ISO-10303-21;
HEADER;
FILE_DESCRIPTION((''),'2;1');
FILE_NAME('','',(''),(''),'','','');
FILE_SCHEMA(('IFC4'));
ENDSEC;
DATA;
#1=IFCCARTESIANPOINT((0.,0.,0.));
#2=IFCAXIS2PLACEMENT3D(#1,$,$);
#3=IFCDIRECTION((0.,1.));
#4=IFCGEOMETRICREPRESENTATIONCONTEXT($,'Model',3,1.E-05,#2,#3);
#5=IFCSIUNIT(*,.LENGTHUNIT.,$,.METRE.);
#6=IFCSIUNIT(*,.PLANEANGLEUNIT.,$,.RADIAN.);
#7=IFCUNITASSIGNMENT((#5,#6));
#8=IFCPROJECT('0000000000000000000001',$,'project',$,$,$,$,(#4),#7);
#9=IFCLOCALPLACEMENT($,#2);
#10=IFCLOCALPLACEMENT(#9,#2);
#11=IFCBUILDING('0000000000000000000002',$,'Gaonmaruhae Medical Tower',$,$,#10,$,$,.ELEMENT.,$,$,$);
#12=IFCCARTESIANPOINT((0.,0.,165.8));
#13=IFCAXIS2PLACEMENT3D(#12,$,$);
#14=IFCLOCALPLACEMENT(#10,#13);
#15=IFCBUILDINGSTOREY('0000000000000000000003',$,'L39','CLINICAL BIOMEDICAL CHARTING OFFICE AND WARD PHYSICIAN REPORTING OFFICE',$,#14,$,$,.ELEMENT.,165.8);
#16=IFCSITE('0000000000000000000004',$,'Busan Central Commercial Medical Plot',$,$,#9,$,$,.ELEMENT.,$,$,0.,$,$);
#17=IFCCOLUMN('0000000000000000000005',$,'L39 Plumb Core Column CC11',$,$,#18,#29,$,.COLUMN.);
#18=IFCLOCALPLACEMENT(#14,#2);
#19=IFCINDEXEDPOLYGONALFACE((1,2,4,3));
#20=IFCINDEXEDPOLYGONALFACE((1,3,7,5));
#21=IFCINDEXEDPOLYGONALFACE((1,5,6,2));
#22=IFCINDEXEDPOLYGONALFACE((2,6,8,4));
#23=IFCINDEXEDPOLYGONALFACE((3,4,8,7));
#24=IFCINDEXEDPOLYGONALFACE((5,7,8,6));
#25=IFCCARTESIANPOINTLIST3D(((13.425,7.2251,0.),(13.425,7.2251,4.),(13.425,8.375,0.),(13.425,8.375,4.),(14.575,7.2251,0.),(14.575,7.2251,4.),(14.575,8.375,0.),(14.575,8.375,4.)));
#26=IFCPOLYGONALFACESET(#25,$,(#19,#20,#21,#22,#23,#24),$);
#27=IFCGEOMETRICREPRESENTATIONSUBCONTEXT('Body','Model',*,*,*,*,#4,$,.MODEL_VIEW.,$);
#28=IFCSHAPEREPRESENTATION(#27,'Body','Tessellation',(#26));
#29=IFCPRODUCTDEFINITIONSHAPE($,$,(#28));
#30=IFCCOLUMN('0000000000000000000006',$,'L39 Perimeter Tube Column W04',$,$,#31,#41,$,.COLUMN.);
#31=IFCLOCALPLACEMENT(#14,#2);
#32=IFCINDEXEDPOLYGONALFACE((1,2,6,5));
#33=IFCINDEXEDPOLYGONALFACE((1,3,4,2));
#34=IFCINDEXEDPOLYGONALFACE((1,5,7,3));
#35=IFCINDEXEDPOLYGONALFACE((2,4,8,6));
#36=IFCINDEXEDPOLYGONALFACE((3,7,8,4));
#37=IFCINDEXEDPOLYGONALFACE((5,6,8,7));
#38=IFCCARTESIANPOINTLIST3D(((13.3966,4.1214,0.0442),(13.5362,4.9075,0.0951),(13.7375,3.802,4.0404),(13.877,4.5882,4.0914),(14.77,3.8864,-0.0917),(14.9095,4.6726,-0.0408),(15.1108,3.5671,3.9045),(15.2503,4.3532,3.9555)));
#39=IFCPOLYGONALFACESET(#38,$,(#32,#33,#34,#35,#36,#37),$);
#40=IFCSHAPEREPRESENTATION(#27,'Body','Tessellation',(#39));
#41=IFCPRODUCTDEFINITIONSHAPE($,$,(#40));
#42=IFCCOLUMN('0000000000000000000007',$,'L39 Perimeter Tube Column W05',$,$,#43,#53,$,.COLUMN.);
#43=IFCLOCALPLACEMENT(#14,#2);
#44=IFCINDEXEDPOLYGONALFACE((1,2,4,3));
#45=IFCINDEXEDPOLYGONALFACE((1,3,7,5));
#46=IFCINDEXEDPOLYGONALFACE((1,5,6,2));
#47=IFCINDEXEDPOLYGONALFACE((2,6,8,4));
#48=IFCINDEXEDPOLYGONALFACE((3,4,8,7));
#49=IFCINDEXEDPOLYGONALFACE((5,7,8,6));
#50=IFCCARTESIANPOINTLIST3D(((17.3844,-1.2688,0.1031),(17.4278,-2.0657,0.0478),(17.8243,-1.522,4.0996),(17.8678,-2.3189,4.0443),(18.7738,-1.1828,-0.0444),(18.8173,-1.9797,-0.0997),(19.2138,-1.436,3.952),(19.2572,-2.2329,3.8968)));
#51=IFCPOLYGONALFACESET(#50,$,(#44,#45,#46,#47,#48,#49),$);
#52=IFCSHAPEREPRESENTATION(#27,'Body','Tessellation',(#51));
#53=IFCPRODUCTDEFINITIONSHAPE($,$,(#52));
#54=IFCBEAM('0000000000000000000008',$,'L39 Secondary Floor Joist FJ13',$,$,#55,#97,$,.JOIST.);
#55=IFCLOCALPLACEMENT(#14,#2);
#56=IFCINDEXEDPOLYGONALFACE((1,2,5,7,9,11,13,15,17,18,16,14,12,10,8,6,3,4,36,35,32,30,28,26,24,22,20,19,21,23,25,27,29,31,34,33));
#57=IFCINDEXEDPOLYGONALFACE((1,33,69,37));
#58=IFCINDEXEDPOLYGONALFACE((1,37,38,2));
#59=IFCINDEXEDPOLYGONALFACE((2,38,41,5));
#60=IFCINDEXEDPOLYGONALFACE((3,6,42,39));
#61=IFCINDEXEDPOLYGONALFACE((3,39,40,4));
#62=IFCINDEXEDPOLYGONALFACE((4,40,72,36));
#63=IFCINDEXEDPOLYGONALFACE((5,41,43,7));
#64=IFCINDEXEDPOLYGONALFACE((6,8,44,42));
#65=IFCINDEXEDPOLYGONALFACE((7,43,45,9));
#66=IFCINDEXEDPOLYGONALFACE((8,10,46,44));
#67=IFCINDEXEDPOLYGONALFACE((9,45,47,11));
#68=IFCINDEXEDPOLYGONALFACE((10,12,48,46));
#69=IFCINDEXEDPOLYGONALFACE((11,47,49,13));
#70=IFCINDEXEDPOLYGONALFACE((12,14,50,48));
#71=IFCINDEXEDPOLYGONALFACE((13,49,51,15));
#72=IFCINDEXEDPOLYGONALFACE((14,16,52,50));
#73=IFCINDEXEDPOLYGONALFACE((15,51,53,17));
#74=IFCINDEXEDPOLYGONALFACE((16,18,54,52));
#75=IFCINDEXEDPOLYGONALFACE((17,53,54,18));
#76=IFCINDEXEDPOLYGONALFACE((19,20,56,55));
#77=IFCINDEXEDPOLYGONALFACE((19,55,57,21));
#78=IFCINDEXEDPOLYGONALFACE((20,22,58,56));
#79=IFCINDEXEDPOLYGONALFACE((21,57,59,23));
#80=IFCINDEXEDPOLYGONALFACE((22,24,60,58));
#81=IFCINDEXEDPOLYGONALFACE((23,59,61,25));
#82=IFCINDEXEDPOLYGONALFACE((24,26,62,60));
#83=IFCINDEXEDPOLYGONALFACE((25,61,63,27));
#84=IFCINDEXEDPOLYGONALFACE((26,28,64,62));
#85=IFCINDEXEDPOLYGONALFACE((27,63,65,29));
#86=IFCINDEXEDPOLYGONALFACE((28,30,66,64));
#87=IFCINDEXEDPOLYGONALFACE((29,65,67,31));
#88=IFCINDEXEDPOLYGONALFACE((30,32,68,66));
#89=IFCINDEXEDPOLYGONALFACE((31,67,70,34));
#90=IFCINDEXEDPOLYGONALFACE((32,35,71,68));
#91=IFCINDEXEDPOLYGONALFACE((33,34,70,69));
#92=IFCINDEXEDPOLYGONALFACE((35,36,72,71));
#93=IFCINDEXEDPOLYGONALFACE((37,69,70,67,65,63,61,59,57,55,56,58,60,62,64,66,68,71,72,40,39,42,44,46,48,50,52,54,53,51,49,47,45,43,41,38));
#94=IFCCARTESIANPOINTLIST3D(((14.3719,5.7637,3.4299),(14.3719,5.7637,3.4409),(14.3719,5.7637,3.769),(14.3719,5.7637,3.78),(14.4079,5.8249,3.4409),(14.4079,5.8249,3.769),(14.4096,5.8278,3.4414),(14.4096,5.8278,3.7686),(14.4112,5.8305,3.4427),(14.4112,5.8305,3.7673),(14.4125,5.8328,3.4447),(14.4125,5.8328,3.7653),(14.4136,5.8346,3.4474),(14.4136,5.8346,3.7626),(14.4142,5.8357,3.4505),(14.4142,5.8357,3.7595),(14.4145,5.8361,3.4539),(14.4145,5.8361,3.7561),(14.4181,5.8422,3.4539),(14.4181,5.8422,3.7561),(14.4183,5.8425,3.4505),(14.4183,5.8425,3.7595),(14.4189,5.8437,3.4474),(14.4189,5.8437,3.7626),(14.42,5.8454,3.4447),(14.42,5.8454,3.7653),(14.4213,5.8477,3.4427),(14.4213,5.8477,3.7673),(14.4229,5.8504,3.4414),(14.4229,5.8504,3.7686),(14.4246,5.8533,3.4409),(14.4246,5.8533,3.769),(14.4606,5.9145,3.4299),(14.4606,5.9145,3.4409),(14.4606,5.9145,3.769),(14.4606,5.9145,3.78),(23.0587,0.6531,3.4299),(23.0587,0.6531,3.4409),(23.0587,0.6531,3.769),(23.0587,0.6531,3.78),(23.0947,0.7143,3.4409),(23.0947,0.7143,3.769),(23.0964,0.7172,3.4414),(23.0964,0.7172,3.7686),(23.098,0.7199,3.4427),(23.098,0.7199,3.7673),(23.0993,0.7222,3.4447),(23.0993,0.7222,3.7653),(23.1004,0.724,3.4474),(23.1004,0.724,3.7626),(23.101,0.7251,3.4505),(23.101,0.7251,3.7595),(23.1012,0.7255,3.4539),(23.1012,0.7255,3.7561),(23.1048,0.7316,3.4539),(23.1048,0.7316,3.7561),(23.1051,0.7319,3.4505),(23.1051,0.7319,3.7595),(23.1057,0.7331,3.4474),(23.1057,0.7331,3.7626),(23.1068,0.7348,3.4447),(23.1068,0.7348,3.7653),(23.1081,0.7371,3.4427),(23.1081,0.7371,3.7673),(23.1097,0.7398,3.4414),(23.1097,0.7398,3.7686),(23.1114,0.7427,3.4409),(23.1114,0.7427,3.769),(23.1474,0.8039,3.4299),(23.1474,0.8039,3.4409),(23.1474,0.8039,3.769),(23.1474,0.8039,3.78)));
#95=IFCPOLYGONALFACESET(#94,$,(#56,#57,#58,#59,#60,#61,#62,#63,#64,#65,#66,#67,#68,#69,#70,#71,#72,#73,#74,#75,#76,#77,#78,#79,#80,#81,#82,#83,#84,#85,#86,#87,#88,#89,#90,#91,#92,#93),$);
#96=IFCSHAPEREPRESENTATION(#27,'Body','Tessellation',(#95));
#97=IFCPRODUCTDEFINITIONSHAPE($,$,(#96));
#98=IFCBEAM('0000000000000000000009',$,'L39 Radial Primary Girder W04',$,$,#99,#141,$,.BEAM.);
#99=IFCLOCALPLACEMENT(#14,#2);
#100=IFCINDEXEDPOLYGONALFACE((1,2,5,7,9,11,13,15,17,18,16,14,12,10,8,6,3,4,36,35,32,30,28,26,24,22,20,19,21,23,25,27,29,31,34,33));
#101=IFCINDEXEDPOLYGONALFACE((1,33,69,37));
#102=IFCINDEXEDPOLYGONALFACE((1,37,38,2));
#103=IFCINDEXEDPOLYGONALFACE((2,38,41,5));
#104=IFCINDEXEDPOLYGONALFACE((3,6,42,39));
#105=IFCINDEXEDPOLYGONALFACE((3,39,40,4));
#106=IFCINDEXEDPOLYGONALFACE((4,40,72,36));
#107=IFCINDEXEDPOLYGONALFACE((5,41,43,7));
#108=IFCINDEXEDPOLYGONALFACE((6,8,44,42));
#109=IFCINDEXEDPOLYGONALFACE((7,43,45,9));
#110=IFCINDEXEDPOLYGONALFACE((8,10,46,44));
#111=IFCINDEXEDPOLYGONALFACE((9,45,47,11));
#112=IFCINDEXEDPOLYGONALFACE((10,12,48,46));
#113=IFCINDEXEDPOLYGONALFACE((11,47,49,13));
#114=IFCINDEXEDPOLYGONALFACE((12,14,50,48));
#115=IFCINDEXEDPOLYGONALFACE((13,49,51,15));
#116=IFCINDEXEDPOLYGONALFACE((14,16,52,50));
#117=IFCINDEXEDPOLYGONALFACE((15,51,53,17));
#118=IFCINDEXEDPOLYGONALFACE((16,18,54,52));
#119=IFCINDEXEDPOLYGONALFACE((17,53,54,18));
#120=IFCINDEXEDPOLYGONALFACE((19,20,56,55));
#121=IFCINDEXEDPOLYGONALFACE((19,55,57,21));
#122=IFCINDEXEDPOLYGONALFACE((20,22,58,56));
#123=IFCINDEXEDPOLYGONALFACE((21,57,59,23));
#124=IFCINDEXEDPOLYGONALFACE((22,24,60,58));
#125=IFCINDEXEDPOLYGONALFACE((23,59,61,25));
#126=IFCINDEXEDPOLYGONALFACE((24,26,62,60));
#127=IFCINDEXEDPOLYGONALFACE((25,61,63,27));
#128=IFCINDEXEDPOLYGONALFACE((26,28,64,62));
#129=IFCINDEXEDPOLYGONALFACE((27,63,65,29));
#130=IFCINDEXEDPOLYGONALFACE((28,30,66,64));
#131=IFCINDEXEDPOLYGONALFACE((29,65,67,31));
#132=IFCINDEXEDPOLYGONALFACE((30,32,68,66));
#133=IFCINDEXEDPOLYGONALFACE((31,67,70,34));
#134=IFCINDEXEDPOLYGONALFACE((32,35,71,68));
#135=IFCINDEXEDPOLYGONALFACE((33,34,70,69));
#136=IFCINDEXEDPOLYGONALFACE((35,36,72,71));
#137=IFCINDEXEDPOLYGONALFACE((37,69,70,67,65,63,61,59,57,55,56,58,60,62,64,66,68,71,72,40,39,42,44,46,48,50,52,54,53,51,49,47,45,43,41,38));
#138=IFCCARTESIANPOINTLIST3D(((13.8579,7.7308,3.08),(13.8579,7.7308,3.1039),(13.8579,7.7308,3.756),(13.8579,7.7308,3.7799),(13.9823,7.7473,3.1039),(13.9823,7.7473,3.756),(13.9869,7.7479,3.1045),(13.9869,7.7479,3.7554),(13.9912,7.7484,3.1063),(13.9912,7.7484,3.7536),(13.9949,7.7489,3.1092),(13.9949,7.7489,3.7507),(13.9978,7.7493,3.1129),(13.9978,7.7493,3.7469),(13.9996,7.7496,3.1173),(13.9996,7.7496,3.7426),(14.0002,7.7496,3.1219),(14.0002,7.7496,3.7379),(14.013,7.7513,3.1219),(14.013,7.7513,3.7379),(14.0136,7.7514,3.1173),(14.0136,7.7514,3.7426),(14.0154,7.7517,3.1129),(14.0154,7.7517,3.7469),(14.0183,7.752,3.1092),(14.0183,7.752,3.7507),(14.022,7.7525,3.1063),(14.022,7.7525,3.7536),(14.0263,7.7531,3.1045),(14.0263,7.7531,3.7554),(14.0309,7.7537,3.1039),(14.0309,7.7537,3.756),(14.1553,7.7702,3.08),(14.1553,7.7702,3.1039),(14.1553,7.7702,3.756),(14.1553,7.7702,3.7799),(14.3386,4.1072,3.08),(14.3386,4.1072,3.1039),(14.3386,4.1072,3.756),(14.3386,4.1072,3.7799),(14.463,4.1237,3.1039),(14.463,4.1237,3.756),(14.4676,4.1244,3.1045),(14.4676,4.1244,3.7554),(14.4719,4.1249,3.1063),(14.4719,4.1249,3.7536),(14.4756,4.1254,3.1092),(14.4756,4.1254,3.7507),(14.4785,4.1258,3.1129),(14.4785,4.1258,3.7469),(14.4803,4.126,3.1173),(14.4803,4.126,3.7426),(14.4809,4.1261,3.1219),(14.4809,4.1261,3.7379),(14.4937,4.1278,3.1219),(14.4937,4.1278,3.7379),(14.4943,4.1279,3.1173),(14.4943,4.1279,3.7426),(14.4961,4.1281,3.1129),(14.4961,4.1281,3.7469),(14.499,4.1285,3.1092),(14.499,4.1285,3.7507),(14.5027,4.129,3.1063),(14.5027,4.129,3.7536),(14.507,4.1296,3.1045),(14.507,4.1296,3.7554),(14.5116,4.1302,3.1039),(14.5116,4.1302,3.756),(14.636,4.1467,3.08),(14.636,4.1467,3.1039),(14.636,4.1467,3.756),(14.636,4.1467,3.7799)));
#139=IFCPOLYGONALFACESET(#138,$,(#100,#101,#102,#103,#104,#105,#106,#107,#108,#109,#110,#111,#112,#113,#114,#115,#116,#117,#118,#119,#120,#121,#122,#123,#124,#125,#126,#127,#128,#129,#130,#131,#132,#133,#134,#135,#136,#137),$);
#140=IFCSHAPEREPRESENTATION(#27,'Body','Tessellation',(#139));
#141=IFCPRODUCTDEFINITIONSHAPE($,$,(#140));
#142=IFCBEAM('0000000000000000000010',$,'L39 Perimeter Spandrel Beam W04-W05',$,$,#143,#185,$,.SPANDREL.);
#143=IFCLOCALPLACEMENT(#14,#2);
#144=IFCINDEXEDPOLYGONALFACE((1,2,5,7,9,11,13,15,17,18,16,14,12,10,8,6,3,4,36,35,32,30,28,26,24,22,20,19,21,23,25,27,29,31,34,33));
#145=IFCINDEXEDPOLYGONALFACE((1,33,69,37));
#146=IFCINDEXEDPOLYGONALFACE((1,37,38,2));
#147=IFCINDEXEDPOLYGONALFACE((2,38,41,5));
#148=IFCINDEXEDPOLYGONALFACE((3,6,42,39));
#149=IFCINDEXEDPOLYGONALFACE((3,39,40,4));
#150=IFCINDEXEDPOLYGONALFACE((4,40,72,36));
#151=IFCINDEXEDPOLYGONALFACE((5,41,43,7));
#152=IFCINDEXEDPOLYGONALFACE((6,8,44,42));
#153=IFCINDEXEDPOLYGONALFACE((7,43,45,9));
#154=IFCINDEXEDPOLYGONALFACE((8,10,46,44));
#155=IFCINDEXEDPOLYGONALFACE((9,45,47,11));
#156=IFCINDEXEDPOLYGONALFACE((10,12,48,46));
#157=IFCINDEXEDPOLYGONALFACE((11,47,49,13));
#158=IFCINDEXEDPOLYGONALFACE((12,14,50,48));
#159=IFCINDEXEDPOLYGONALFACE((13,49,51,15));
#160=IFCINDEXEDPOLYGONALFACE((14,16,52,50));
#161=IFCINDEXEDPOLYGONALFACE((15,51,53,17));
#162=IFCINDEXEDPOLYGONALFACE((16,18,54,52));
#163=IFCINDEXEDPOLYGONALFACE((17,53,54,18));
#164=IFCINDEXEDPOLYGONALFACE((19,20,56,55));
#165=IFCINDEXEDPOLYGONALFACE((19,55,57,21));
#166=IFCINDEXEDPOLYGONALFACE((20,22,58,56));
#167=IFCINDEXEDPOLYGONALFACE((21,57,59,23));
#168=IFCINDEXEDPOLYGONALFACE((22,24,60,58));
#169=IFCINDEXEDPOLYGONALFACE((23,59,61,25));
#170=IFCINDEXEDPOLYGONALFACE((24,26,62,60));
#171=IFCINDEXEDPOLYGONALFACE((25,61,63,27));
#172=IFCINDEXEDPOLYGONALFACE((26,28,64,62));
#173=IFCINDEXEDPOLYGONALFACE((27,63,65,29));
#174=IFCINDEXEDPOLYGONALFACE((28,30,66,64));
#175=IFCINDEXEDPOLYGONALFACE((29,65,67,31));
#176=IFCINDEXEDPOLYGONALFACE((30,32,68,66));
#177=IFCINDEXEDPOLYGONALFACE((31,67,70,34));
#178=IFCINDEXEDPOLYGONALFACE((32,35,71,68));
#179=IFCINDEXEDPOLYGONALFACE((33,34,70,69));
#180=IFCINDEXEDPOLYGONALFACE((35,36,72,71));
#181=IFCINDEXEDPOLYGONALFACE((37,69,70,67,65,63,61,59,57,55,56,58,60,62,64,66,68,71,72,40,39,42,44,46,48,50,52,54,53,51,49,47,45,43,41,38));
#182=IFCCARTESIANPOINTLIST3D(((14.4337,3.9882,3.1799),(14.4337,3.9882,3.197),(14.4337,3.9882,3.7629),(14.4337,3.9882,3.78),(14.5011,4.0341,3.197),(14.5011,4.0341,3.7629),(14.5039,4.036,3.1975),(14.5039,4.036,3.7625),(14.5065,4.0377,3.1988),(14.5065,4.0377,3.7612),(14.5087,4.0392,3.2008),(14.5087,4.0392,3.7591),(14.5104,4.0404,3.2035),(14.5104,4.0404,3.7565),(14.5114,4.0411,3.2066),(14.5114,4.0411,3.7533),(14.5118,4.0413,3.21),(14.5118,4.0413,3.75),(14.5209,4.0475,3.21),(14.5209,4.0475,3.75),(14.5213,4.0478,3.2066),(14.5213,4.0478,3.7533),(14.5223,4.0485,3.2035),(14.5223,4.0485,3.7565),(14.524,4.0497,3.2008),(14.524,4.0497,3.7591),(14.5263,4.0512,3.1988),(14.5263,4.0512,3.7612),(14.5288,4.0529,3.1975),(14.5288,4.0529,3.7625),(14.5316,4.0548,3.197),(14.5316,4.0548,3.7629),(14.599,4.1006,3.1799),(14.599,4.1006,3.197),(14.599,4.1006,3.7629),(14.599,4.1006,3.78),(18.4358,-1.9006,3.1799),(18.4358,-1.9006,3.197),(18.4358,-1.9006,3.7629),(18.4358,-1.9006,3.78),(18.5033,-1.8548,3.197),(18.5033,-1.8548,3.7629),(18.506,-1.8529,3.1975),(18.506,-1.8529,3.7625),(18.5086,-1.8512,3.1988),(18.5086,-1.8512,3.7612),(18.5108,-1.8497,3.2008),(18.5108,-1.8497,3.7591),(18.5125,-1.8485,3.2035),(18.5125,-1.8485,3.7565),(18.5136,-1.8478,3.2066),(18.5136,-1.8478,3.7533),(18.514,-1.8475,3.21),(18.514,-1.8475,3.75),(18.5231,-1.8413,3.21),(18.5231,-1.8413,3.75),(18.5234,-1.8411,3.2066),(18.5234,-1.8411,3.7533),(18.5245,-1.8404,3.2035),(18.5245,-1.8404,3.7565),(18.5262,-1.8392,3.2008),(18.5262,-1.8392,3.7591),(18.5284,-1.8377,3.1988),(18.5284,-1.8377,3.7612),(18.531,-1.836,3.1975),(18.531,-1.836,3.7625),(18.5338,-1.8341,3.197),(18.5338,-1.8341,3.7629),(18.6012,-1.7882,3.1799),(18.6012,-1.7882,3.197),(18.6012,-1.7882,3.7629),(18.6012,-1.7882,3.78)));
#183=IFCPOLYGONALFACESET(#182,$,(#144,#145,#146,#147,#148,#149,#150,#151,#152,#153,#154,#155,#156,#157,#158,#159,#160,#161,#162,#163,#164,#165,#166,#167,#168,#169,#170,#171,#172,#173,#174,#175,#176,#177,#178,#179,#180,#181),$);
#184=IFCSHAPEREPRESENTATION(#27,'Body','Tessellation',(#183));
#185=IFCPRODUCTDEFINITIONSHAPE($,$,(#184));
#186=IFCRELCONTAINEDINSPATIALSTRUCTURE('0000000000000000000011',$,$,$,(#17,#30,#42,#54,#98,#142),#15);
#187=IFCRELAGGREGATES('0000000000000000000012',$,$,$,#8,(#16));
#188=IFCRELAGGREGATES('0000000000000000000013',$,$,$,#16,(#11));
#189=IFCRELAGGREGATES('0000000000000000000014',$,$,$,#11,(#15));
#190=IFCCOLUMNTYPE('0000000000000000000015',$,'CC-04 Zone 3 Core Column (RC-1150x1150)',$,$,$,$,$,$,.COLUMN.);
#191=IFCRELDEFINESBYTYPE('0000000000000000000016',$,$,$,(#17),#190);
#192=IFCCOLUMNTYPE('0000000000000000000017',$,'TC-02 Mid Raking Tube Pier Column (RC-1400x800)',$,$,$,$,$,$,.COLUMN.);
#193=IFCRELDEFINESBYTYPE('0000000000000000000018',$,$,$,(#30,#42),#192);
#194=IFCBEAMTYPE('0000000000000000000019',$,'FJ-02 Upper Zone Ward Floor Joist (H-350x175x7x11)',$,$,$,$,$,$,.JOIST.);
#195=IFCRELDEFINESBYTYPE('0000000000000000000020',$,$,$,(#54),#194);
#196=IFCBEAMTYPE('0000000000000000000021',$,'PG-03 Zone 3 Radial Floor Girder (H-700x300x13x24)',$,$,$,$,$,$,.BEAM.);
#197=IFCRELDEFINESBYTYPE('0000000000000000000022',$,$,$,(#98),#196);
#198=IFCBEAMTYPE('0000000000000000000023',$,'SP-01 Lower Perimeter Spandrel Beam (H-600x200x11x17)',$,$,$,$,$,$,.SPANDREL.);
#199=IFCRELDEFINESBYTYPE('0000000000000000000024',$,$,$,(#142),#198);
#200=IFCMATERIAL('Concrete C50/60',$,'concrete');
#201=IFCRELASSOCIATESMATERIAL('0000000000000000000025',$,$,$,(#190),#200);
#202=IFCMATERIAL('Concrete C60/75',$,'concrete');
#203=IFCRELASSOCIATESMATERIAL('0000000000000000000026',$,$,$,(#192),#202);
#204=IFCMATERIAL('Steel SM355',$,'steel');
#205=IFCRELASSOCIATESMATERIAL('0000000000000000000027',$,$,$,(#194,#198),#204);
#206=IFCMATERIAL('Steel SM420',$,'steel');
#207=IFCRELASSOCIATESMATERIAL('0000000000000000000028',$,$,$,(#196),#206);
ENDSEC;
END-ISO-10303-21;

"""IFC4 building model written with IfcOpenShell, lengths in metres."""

from ifc_helpers import new_model, si_unit, direction, frame, origin, origin_2d, place, context, subcontext, project, spatial, rectangle, i_section, extrude, material, material_profile, profile_set, type_object, element, save


model = new_model("IFC4")

# Units and contexts
model_context = context("Model", 3, precision=1e-05, world=origin(), true_north=direction((0.0, 1.0)))
body_context = subcontext(model_context, "Body", "Model", "MODEL_VIEW")
ifc_project = project(units=[si_unit("LENGTHUNIT", "METRE"), si_unit("PLANEANGLEUNIT", "RADIAN")], contexts=[model_context])

# Site, building, storey
site_placement = place(None, origin())
site = spatial("IfcSite", under=ifc_project, at=site_placement, Name="Busan Central Commercial Medical Plot", CompositionType="ELEMENT", RefElevation=0.0)
building_placement = place(site_placement, origin())
building = spatial("IfcBuilding", under=site, at=building_placement, Name="Gaonmaruhae Medical Tower", CompositionType="ELEMENT")
storey_placement = place(building_placement, frame((0.0, 0.0, 165.8)))
storey = spatial("IfcBuildingStorey", under=building, at=storey_placement, Name="L39", Description="CLINICAL BIOMEDICAL CHARTING OFFICE AND WARD PHYSICIAN REPORTING OFFICE", CompositionType="ELEMENT", Elevation=165.8)

# Columns
ifc_material_1 = material(Name="Concrete C50/60", Category="concrete")
ifc_material_profile_1 = material_profile(ifc_material_1, rectangle(XDim=1.1499, YDim=1.1499, at=origin_2d()), Name="RC-1150x1150")
ifc_profile_set_1 = profile_set([ifc_material_profile_1], Name="Concrete C50/60")
column_type_1 = type_object("IfcColumnType", Name="CC-04 Zone 3 Core Column (RC-1150x1150)", PredefinedType="COLUMN", material=ifc_profile_set_1)
column_1_placement = place(storey_placement, frame((14.0, 7.8, 0.0), z_axis=(0.0, 0.0, 1.0), x_axis=(1.0, 0.0, 0.0)))
element("IfcColumn", 1, at=column_1_placement, inside=storey, type_object=column_type_1, Name="L39 Plumb Core Column CC11", PredefinedType="COLUMN", context=body_context, shape_type="SweptSolid", body=[
    extrude(rectangle(XDim=1.1499, YDim=1.1499, at=origin_2d()), origin(), (0.0, 0.0, 1.0), 4.0),
])
ifc_material_2 = material(Name="Concrete C60/75", Category="concrete")
ifc_material_profile_2 = material_profile(ifc_material_2, rectangle(XDim=1.3999, YDim=0.8, at=origin_2d()), Name="RC-1400x800")
ifc_profile_set_2 = profile_set([ifc_material_profile_2], Name="Concrete C60/75")
column_type_2 = type_object("IfcColumnType", Name="TC-02 Mid Raking Tube Pier Column (RC-1400x800)", PredefinedType="COLUMN", material=ifc_profile_set_2)
column_2_placement = place(storey_placement, frame((14.1531, 4.397, 0.0017), z_axis=(0.084707, -0.079367, 0.99324), x_axis=(-0.981026, 0.167823, 0.097075)))
element("IfcColumn", 2, at=column_2_placement, inside=storey, type_object=column_type_2, Name="L39 Perimeter Tube Column W04", PredefinedType="COLUMN", context=body_context, shape_type="SweptSolid", body=[
    extrude(rectangle(XDim=1.3999, YDim=0.8, at=origin_2d()), origin(), (0.0, 0.0, 1.0), 4.0234),
])
column_3_placement = place(storey_placement, frame((18.1008, -1.6243, 0.0017), z_axis=(0.109209, -0.062847, 0.99203), x_axis=(-0.992534, -0.061425, 0.105373)))
element("IfcColumn", 3, at=column_3_placement, inside=storey, type_object=column_type_2, Name="L39 Perimeter Tube Column W05", PredefinedType="COLUMN", context=body_context, shape_type="SweptSolid", body=[
    extrude(rectangle(XDim=1.3999, YDim=0.8, at=origin_2d()), origin(), (0.0, 0.0, 1.0), 4.0286),
])

# Beams
ifc_material_3 = material(Name="Steel SM355", Category="steel")
ifc_material_profile_3 = material_profile(ifc_material_3, i_section(OverallWidth=0.175, OverallDepth=0.3501, WebThickness=0.0071, FlangeThickness=0.011, FilletRadius=0.0129, at=origin_2d()), Name="H-350x175x7x11")
ifc_profile_set_3 = profile_set([ifc_material_profile_3], Name="Steel SM355")
beam_type_1 = type_object("IfcBeamType", Name="FJ-02 Upper Zone Ward Floor Joist (H-350x175x7x11)", PredefinedType="JOIST", material=ifc_profile_set_3)
beam_1_placement = place(storey_placement, frame((14.4163, 5.8391, 3.605), z_axis=(0.861902, -0.507074, 0.0), x_axis=(0.507074, 0.861902, 0.0)))
element("IfcBeam", 4, at=beam_1_placement, inside=storey, type_object=beam_type_1, Name="L39 Secondary Floor Joist FJ13", PredefinedType="JOIST", context=body_context, shape_type="SweptSolid", body=[
    extrude(i_section(OverallWidth=0.175, OverallDepth=0.3501, WebThickness=0.0071, FlangeThickness=0.011, FilletRadius=0.0129, at=origin_2d()), origin(), (0.0, 0.0, 1.0), 10.0786),
])
ifc_material_4 = material(Name="Steel SM420", Category="steel")
ifc_material_profile_4 = material_profile(ifc_material_4, i_section(OverallWidth=0.3, OverallDepth=0.7, WebThickness=0.0129, FlangeThickness=0.0239, FilletRadius=0.0181, at=origin_2d()), Name="H-700x300x13x24")
ifc_profile_set_4 = profile_set([ifc_material_profile_4], Name="Steel SM420")
beam_type_2 = type_object("IfcBeamType", Name="PG-03 Zone 3 Radial Floor Girder (H-700x300x13x24)", PredefinedType="BEAM", material=ifc_profile_set_4)
beam_2_placement = place(storey_placement, frame((14.0066, 7.7505, 3.4299), z_axis=(0.131512, -0.991315, 0.0), x_axis=(0.991315, 0.131512, 0.0)))
element("IfcBeam", 5, at=beam_2_placement, inside=storey, type_object=beam_type_2, Name="L39 Radial Primary Girder W04", PredefinedType="BEAM", context=body_context, shape_type="SweptSolid", body=[
    extrude(i_section(OverallWidth=0.3, OverallDepth=0.7, WebThickness=0.0129, FlangeThickness=0.0239, FilletRadius=0.0181, at=origin_2d()), origin(), (0.0, 0.0, 1.0), 3.6553),
])
ifc_material_profile_5 = material_profile(ifc_material_3, i_section(OverallWidth=0.2, OverallDepth=0.6001, WebThickness=0.011, FlangeThickness=0.0171, FilletRadius=0.0129, at=origin_2d()), Name="H-600x200x11x17")
ifc_profile_set_5 = profile_set([ifc_material_profile_5], Name="Steel SM355")
beam_type_3 = type_object("IfcBeamType", Name="SP-01 Lower Perimeter Spandrel Beam (H-600x200x11x17)", PredefinedType="SPANDREL", material=ifc_profile_set_5)
beam_3_placement = place(storey_placement, frame((14.5164, 4.0444, 3.48), z_axis=(0.562092, -0.827074, 0.0), x_axis=(0.827074, 0.562092, 0.0)))
element("IfcBeam", 6, at=beam_3_placement, inside=storey, type_object=beam_type_3, Name="L39 Perimeter Spandrel Beam W04-W05", PredefinedType="SPANDREL", context=body_context, shape_type="SweptSolid", body=[
    extrude(i_section(OverallWidth=0.2, OverallDepth=0.6001, WebThickness=0.011, FlangeThickness=0.0171, FilletRadius=0.0129, at=origin_2d()), origin(), (0.0, 0.0, 1.0), 7.1201),
])

save(model, "model.ifc")
